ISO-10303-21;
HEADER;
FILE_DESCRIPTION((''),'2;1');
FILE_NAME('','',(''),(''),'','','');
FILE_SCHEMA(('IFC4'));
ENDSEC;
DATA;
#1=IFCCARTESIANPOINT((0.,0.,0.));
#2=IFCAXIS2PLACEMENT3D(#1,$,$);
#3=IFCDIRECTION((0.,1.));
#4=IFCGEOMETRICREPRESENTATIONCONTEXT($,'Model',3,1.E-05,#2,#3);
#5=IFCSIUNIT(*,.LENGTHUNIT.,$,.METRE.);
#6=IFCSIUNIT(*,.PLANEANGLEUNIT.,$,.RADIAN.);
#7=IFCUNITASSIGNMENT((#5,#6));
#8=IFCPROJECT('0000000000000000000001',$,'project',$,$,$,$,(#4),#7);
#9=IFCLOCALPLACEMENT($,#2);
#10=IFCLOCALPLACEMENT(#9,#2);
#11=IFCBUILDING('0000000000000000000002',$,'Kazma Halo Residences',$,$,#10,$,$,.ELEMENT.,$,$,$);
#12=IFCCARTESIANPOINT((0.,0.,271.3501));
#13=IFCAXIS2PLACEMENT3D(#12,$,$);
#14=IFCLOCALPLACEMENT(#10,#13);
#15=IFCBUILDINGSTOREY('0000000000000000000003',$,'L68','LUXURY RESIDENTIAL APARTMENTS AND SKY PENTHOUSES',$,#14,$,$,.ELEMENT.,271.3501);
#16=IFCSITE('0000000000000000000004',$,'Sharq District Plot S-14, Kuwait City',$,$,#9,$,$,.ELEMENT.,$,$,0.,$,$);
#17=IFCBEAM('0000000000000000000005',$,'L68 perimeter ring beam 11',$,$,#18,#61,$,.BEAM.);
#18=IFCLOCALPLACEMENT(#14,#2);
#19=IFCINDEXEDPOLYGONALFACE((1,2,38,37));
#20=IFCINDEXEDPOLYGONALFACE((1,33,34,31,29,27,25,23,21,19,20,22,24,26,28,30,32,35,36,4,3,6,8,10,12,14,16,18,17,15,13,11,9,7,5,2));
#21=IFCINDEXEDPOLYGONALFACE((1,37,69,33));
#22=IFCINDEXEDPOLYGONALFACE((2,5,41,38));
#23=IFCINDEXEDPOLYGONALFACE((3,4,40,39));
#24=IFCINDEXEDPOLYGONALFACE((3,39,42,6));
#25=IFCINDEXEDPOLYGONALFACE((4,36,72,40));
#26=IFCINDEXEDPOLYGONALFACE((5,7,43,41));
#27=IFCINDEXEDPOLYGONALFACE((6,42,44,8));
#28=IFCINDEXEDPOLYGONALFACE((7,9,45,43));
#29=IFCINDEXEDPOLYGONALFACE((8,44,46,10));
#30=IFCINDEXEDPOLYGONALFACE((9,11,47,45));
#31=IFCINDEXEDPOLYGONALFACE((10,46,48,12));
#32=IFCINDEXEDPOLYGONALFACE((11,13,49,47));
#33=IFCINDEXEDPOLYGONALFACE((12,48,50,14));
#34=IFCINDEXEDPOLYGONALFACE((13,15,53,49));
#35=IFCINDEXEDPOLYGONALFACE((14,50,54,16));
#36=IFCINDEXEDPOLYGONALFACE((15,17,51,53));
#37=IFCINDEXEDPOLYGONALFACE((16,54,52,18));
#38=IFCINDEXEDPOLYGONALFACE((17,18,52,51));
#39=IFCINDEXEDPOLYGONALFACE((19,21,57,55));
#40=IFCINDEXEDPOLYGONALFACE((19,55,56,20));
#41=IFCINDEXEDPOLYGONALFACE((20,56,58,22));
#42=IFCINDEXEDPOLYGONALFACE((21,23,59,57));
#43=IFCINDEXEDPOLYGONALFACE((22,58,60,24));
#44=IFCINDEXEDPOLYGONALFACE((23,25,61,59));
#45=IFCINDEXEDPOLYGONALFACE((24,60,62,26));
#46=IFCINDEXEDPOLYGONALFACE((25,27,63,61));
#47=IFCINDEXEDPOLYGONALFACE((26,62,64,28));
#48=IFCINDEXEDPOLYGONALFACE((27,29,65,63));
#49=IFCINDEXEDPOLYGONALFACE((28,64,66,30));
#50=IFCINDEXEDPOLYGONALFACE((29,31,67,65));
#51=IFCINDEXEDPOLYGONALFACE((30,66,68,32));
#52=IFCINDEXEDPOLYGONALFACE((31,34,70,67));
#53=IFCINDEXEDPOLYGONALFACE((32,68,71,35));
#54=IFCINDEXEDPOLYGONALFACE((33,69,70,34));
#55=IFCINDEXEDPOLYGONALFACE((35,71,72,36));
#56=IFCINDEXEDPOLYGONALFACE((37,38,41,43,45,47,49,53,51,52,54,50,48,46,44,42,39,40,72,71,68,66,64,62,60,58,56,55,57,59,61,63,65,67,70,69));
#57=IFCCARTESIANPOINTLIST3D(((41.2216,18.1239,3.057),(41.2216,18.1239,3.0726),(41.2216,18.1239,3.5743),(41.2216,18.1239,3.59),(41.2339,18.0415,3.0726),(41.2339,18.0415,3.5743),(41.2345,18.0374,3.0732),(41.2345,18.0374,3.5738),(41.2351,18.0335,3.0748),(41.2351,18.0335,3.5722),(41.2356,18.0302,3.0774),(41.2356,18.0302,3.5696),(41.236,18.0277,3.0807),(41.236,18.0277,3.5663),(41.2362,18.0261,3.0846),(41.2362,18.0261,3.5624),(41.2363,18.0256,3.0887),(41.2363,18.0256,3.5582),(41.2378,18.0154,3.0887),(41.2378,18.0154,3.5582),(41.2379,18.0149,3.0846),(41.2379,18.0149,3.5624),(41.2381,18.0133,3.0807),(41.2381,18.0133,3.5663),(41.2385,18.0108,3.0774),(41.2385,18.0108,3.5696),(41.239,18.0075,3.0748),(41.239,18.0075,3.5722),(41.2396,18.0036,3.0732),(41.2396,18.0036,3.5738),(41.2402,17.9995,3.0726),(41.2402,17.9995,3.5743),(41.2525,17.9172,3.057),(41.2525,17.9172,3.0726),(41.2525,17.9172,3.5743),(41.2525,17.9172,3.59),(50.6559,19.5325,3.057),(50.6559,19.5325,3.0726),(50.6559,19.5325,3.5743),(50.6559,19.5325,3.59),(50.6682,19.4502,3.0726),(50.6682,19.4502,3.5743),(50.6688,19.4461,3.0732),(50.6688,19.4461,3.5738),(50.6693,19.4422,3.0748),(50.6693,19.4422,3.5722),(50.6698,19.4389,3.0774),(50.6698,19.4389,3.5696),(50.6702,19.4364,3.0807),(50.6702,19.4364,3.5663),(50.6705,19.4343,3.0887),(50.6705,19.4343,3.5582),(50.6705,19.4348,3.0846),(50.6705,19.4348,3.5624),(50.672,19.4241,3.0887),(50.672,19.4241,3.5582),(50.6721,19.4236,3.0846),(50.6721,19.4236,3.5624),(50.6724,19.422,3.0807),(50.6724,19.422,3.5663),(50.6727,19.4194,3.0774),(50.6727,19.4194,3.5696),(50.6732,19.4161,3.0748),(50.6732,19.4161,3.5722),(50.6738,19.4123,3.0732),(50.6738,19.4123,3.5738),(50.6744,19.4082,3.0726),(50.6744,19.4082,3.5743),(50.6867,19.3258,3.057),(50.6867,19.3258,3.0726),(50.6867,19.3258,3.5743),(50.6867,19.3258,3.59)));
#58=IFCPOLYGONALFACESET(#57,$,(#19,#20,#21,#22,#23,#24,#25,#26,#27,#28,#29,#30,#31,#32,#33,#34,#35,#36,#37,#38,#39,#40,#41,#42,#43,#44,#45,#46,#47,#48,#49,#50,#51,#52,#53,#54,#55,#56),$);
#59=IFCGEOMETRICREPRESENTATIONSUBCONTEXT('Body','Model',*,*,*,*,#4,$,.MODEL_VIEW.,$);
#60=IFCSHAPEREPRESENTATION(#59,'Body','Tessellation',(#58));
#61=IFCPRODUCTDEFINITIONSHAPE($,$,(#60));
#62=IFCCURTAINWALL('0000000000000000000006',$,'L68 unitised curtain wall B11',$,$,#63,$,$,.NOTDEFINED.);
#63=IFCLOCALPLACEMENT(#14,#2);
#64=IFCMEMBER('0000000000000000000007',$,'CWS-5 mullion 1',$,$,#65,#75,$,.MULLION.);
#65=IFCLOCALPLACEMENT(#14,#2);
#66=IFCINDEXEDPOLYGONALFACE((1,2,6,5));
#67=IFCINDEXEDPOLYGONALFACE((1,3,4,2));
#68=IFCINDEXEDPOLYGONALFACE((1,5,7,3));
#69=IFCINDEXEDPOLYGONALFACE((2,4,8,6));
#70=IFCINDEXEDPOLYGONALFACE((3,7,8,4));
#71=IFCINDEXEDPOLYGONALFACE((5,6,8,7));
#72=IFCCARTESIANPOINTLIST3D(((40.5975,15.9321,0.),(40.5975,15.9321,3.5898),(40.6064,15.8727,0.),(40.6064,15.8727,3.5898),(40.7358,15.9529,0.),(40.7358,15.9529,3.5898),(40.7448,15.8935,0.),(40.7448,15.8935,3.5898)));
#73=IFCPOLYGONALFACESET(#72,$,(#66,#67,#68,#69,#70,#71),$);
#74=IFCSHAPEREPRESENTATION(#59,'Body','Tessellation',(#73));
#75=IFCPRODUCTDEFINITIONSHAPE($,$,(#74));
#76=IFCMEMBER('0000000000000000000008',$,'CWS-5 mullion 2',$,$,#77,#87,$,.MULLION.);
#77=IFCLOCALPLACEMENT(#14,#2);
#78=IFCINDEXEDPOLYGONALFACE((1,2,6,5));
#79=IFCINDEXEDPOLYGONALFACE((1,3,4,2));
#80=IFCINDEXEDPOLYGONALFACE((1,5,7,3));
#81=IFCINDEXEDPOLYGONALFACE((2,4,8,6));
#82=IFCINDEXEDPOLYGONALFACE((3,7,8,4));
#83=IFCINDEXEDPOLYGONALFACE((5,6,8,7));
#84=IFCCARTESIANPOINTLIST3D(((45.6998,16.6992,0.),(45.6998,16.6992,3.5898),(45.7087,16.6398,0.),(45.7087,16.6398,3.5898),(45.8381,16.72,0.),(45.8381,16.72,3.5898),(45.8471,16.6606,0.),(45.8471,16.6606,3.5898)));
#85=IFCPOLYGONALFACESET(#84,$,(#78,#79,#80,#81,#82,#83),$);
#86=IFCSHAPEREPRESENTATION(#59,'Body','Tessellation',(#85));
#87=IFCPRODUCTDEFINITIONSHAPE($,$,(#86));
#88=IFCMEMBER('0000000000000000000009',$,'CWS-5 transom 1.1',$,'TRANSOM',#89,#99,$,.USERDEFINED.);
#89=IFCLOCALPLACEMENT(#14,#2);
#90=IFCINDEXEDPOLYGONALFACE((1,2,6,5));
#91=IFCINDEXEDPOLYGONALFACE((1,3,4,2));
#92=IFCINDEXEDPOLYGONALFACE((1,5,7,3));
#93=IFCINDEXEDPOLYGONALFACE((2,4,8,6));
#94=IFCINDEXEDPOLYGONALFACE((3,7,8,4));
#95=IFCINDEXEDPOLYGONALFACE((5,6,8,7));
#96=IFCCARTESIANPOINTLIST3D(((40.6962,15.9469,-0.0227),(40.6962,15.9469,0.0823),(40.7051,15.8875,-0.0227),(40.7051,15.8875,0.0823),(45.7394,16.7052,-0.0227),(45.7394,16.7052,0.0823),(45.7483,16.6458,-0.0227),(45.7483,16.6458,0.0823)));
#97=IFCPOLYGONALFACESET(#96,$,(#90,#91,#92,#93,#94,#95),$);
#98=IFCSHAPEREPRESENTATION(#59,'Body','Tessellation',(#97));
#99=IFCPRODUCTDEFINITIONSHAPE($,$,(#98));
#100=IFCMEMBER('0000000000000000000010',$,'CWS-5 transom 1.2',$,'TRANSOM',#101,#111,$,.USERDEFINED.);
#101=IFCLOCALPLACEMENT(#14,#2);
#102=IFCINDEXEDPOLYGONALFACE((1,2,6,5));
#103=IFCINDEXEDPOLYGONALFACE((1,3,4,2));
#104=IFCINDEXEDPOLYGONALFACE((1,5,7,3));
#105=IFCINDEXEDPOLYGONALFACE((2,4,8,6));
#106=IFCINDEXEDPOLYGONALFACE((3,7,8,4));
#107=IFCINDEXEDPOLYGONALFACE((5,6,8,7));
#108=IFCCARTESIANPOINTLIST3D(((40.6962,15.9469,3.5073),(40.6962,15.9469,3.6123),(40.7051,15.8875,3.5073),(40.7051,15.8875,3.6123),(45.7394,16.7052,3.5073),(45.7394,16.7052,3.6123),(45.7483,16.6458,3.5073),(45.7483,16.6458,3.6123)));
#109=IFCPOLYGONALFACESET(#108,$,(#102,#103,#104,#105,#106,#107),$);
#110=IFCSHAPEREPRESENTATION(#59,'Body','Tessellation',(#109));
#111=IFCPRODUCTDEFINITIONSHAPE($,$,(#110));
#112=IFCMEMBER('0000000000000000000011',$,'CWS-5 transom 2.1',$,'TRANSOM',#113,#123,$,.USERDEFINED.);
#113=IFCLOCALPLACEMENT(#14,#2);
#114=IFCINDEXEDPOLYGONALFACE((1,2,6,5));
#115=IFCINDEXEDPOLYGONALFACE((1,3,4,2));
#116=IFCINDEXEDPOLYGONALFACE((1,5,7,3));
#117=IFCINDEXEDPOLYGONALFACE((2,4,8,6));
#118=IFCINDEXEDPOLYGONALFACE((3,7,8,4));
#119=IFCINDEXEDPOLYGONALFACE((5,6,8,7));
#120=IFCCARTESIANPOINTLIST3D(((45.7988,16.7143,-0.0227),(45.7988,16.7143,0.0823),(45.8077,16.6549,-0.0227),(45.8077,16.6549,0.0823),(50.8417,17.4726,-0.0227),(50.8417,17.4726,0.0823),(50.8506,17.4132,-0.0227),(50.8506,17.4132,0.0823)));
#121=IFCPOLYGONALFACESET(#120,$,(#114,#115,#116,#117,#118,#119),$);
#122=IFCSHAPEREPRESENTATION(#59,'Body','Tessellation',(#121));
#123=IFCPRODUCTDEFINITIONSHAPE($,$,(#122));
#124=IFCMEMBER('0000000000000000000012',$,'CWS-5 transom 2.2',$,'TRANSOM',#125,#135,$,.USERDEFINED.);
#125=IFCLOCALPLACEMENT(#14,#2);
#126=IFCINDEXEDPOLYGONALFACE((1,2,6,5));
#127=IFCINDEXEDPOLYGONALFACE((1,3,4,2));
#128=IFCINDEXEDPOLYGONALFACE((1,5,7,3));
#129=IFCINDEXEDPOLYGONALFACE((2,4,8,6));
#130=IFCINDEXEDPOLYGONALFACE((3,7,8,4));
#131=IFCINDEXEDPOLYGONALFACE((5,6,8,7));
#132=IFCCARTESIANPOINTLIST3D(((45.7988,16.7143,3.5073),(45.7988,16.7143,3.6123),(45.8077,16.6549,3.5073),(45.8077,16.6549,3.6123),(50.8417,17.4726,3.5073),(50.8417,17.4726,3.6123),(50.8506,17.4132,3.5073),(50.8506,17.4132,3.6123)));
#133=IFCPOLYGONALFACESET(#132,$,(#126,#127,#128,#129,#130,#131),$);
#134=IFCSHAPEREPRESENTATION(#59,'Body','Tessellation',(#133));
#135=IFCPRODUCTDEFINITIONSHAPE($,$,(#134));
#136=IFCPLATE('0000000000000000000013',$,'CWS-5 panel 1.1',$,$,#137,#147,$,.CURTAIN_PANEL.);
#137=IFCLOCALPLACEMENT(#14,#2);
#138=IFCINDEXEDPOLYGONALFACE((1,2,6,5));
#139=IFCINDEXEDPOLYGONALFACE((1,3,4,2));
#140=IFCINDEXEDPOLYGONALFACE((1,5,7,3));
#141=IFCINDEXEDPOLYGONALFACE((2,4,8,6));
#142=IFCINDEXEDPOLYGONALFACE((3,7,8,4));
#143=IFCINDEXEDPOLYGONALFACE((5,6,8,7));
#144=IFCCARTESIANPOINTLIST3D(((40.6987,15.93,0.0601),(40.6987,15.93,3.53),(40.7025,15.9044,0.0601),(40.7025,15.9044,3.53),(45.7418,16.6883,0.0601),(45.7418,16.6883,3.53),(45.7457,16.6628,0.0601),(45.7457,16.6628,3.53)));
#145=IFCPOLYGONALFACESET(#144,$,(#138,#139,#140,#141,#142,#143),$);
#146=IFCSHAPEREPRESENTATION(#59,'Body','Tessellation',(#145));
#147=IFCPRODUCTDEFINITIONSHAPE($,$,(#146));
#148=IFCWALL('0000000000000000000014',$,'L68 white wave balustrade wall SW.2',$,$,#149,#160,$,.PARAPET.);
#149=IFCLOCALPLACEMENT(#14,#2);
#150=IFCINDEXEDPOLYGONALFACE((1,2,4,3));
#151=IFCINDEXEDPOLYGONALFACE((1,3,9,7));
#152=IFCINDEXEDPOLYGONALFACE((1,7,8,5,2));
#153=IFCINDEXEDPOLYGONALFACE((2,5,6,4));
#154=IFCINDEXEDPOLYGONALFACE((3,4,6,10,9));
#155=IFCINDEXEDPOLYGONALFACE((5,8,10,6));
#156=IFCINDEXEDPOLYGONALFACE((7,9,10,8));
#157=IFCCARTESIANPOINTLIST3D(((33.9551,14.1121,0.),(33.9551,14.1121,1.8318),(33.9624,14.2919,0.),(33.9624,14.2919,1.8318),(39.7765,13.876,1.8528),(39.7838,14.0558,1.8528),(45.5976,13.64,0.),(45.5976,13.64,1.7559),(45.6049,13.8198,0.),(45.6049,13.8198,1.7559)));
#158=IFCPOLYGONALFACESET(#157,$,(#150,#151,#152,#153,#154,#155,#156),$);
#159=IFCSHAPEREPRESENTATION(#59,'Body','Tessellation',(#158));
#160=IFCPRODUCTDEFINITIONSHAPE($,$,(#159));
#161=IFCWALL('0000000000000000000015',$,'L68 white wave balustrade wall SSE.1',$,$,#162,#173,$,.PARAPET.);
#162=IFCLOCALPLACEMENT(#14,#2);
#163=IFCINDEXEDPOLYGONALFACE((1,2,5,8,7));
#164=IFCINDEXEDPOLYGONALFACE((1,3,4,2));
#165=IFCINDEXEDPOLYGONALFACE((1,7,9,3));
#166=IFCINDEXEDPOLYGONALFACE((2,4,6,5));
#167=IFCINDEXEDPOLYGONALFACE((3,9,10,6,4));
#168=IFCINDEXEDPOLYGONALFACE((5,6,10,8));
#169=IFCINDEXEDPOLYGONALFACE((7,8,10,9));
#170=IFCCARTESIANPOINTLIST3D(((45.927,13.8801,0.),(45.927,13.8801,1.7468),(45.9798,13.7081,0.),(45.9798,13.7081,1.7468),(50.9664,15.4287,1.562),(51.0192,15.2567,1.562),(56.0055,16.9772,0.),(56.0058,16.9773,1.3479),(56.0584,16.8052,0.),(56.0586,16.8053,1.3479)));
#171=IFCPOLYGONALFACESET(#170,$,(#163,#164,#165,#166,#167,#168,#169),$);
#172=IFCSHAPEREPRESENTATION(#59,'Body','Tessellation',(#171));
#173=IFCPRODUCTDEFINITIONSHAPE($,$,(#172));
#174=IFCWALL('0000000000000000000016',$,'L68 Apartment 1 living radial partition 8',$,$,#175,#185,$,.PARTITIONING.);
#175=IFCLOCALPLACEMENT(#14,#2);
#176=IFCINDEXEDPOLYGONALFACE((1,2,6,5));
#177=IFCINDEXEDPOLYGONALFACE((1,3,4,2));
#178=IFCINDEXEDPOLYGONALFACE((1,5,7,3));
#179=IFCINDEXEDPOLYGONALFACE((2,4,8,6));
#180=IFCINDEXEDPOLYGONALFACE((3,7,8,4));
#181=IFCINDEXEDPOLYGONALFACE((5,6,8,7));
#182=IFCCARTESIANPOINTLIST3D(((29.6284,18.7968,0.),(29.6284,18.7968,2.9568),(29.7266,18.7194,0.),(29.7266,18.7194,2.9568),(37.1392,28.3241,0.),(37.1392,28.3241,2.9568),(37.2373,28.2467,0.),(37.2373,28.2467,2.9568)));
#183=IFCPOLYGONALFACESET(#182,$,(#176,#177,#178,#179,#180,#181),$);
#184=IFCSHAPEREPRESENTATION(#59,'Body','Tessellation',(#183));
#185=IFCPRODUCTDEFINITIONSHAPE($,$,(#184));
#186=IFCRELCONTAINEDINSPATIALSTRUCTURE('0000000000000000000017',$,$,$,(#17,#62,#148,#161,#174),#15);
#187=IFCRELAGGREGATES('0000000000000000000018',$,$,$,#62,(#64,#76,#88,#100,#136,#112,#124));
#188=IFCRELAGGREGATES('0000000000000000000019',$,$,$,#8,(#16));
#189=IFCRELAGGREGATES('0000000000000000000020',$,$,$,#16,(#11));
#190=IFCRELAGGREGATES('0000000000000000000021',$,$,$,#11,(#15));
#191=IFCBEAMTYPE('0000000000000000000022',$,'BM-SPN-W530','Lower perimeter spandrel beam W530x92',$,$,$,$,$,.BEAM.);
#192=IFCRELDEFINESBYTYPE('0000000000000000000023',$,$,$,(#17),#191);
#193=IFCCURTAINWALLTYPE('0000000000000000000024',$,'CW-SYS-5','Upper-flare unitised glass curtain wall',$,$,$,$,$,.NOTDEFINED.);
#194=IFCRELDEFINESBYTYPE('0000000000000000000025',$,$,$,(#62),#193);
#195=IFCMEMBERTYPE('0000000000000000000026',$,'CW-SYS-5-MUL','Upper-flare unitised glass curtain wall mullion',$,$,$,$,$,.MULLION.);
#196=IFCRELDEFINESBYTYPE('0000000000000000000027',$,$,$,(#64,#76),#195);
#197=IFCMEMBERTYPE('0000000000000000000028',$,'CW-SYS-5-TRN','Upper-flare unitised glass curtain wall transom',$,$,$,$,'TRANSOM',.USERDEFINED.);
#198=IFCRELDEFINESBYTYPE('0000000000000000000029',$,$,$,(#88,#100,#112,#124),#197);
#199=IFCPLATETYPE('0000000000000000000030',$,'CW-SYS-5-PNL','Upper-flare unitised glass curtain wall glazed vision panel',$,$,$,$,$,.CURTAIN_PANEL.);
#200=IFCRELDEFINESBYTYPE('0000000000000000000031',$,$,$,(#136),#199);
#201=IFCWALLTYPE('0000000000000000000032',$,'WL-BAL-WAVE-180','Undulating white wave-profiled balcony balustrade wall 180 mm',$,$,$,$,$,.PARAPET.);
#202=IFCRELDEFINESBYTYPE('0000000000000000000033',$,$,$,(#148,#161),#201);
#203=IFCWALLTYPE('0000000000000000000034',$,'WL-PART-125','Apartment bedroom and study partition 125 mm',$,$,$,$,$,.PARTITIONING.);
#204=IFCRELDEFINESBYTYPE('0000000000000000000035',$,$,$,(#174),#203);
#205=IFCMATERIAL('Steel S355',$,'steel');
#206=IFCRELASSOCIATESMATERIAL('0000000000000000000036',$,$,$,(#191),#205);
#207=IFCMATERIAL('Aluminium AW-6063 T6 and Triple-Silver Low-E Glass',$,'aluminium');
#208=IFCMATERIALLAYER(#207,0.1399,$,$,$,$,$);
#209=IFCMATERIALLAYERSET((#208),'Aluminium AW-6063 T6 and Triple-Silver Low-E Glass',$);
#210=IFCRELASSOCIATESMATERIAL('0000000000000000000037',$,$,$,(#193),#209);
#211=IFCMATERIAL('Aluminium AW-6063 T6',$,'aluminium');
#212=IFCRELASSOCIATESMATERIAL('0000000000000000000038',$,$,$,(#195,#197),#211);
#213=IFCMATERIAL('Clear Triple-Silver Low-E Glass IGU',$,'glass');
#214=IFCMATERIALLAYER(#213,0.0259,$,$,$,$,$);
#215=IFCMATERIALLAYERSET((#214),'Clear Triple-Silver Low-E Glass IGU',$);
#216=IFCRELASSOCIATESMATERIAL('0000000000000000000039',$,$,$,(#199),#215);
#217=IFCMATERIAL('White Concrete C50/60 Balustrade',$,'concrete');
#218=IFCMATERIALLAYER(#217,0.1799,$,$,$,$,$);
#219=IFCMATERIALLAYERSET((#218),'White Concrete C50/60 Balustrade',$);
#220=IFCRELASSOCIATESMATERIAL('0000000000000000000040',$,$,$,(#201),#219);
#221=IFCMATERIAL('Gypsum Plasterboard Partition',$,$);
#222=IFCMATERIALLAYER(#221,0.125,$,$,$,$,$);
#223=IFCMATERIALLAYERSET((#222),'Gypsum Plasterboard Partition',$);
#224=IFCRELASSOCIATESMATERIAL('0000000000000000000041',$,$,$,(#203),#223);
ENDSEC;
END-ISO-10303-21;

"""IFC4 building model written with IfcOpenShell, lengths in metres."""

from ifc_helpers import new_model, si_unit, direction, frame, frame_2d, origin, origin_2d, place, context, subcontext, project, spatial, polyline, rectangle, i_section, outline, extrude, material, layer, layer_set, material_profile, profile_set, type_object, element, aggregate, save


model = new_model("IFC4")

# Units and contexts
model_context = context("Model", 3, precision=1e-05, world=origin(), true_north=direction((0.0, 1.0)))
body_context = subcontext(model_context, "Body", "Model", "MODEL_VIEW")
ifc_project = project(units=[si_unit("LENGTHUNIT", "METRE"), si_unit("PLANEANGLEUNIT", "RADIAN")], contexts=[model_context])

# Site, building, storey
site_placement = place(None, origin())
site = spatial("IfcSite", under=ifc_project, at=site_placement, Name="Sharq District Plot S-14, Kuwait City", CompositionType="ELEMENT", RefElevation=0.0)
building_placement = place(site_placement, origin())
building = spatial("IfcBuilding", under=site, at=building_placement, Name="Kazma Halo Residences", CompositionType="ELEMENT")
storey_placement = place(building_placement, frame((0.0, 0.0, 271.3501)))
storey = spatial("IfcBuildingStorey", under=building, at=storey_placement, Name="L68", Description="LUXURY RESIDENTIAL APARTMENTS AND SKY PENTHOUSES", CompositionType="ELEMENT", Elevation=271.3501)

# Beam
ifc_material_1 = material(Name="Steel S355", Category="steel")
ifc_material_profile_1 = material_profile(ifc_material_1, i_section(OverallWidth=0.209, OverallDepth=0.533, WebThickness=0.0103, FlangeThickness=0.0156, FilletRadius=0.0161, at=origin_2d()), Name="W530x92")
ifc_profile_set_1 = profile_set([ifc_material_profile_1], Name="Steel S355")
beam_type_1 = type_object("IfcBeamType", Name="BM-SPN-W530", Description="Lower perimeter spandrel beam W530x92", PredefinedType="BEAM", material=ifc_profile_set_1)
beam_1_placement = place(storey_placement, frame((41.2371, 18.0205, 3.3235), z_axis=(0.989035, 0.147678, 0.0), x_axis=(-0.147678, 0.989035, 0.0)))
element("IfcBeam", 1, at=beam_1_placement, inside=storey, type_object=beam_type_1, Name="L68 perimeter ring beam 11", PredefinedType="BEAM", context=body_context, shape_type="SweptSolid", body=[
    extrude(i_section(OverallWidth=0.209, OverallDepth=0.533, WebThickness=0.0103, FlangeThickness=0.0156, FilletRadius=0.0161, at=origin_2d()), origin(), (0.0, 0.0, 1.0), 9.5388),
])

# Curtain wall, members, plate
ifc_material_2 = material(Name="Aluminium AW-6063 T6 and Triple-Silver Low-E Glass", Category="aluminium")
ifc_layer_1 = layer(ifc_material_2, 0.1399)
ifc_layer_set_1 = layer_set([ifc_layer_1], Name="Aluminium AW-6063 T6 and Triple-Silver Low-E Glass")
curtain_wall_type = type_object("IfcCurtainWallType", Name="CW-SYS-5", Description="Upper-flare unitised glass curtain wall", PredefinedType="NOTDEFINED", material=ifc_layer_set_1)
curtain_wall_placement = place(storey_placement, origin())
curtain_wall = element("IfcCurtainWall", 2, at=curtain_wall_placement, inside=storey, type_object=curtain_wall_type, Name="L68 unitised curtain wall B11", PredefinedType="NOTDEFINED")
ifc_material_3 = material(Name="Aluminium AW-6063 T6", Category="aluminium")
ifc_material_profile_2 = material_profile(ifc_material_3, rectangle(XDim=0.0601, YDim=0.1399, at=origin_2d()), Name="CWM-60x140")
ifc_profile_set_2 = profile_set([ifc_material_profile_2], Name="Aluminium AW-6063 T6")
member_type_1 = type_object("IfcMemberType", Name="CW-SYS-5-MUL", Description="Upper-flare unitised glass curtain wall mullion", PredefinedType="MULLION", material=ifc_profile_set_2)
member_1_placement = place(storey_placement, frame((40.6711, 15.9128, 0.0), z_axis=(0.0, 0.0, 1.0), x_axis=(-0.148697, 0.988883, 0.0)))
member_1 = element("IfcMember", 3, at=member_1_placement, type_object=member_type_1, Name="CWS-5 mullion 1", PredefinedType="MULLION", context=body_context, shape_type="SweptSolid", body=[
    extrude(rectangle(XDim=0.0601, YDim=0.1399, at=origin_2d()), origin(), (0.0, 0.0, 1.0), 3.5898),
])
member_2_placement = place(storey_placement, frame((45.7734, 16.6799, 0.0), z_axis=(0.0, 0.0, 1.0), x_axis=(-0.148697, 0.988883, 0.0)))
member_2 = element("IfcMember", 4, at=member_2_placement, type_object=member_type_1, Name="CWS-5 mullion 2", PredefinedType="MULLION", context=body_context, shape_type="SweptSolid", body=[
    extrude(rectangle(XDim=0.0601, YDim=0.1399, at=origin_2d()), origin(), (0.0, 0.0, 1.0), 3.5898),
])
ifc_material_profile_3 = material_profile(ifc_material_3, rectangle(XDim=0.0601, YDim=0.105, at=origin_2d()), Name="CWT-60x105")
ifc_profile_set_3 = profile_set([ifc_material_profile_3], Name="Aluminium AW-6063 T6")
member_type_2 = type_object("IfcMemberType", Name="CW-SYS-5-TRN", Description="Upper-flare unitised glass curtain wall transom", ElementType="TRANSOM", PredefinedType="USERDEFINED", material=ifc_profile_set_3)
member_3_placement = place(storey_placement, frame((40.7007, 15.9172, 0.0298), z_axis=(0.988884, 0.148689, 0.0), x_axis=(-0.148689, 0.988884, 0.0)))
member_3 = element("IfcMember", 5, at=member_3_placement, type_object=member_type_2, Name="CWS-5 transom 1.1", ObjectType="TRANSOM", PredefinedType="USERDEFINED", context=body_context, shape_type="SweptSolid", body=[
    extrude(rectangle(XDim=0.0601, YDim=0.105, at=origin_2d()), origin(), (0.0, 0.0, 1.0), 5.0999),
])
member_4_placement = place(storey_placement, frame((40.7007, 15.9172, 3.5598), z_axis=(0.988884, 0.148689, 0.0), x_axis=(-0.148689, 0.988884, 0.0)))
member_4 = element("IfcMember", 6, at=member_4_placement, type_object=member_type_2, Name="CWS-5 transom 1.2", ObjectType="TRANSOM", PredefinedType="USERDEFINED", context=body_context, shape_type="SweptSolid", body=[
    extrude(rectangle(XDim=0.0601, YDim=0.105, at=origin_2d()), origin(), (0.0, 0.0, 1.0), 5.0999),
])
member_5_placement = place(storey_placement, frame((45.8032, 16.6846, 0.0298), z_axis=(0.988883, 0.148696, 0.0), x_axis=(-0.148696, 0.988883, 0.0)))
member_5 = element("IfcMember", 7, at=member_5_placement, type_object=member_type_2, Name="CWS-5 transom 2.1", ObjectType="TRANSOM", PredefinedType="USERDEFINED", context=body_context, shape_type="SweptSolid", body=[
    extrude(rectangle(XDim=0.0601, YDim=0.105, at=origin_2d()), origin(), (0.0, 0.0, 1.0), 5.0996),
])
member_6_placement = place(storey_placement, frame((45.8032, 16.6846, 3.5598), z_axis=(0.988883, 0.148696, 0.0), x_axis=(-0.148696, 0.988883, 0.0)))
member_6 = element("IfcMember", 8, at=member_6_placement, type_object=member_type_2, Name="CWS-5 transom 2.2", ObjectType="TRANSOM", PredefinedType="USERDEFINED", context=body_context, shape_type="SweptSolid", body=[
    extrude(rectangle(XDim=0.0601, YDim=0.105, at=origin_2d()), origin(), (0.0, 0.0, 1.0), 5.0996),
])
ifc_material_4 = material(Name="Clear Triple-Silver Low-E Glass IGU", Category="glass")
ifc_layer_2 = layer(ifc_material_4, 0.0259)
ifc_layer_set_2 = layer_set([ifc_layer_2], Name="Clear Triple-Silver Low-E Glass IGU")
plate_type = type_object("IfcPlateType", Name="CW-SYS-5-PNL", Description="Upper-flare unitised glass curtain wall glazed vision panel", PredefinedType="CURTAIN_PANEL", material=ifc_layer_set_2)
plate_placement = place(storey_placement, frame((43.2222, 16.2964, 0.0601), z_axis=(0.0, 0.0, 1.0), x_axis=(0.988883, 0.148697, 0.0)))
plate = element("IfcPlate", 9, at=plate_placement, type_object=plate_type, Name="CWS-5 panel 1.1", PredefinedType="CURTAIN_PANEL", context=body_context, shape_type="SweptSolid", body=[
    extrude(rectangle(XDim=5.0999, YDim=0.0259, at=origin_2d()), origin(), (0.0, 0.0, 1.0), 3.47),
])
aggregate(curtain_wall, [member_1, member_2, member_3, member_4, plate, member_5, member_6])

# Walls
ifc_material_5 = material(Name="White Concrete C50/60 Balustrade", Category="concrete")
ifc_layer_3 = layer(ifc_material_5, 0.1799)
ifc_layer_set_3 = layer_set([ifc_layer_3], Name="White Concrete C50/60 Balustrade")
wall_type_1 = type_object("IfcWallType", Name="WL-BAL-WAVE-180", Description="Undulating white wave-profiled balcony balustrade wall 180 mm", PredefinedType="PARAPET", material=ifc_layer_set_3)
wall_1_placement = place(storey_placement, frame((33.9587, 14.2021, 0.0), z_axis=(0.0, 0.0, 1.0), x_axis=(0.999179, -0.040522, 0.0)))
element("IfcWall", 10, at=wall_1_placement, inside=storey, type_object=wall_type_1, Name="L68 white wave balustrade wall SW.2", PredefinedType="PARAPET", context=body_context, shape_type="SweptSolid", body=[
    extrude(outline(polyline([(0.0, 0.0), (11.6521, 0.0), (11.6521, 1.7559), (5.8262, 1.8528), (0.0, 1.8318), (0.0, 0.0)])), frame((0.0, 0.0898, 0.0), z_axis=(0.0, -1.0, 0.0), x_axis=(1.0, 0.0, 0.0)), (0.0, 0.0, 1.0), 0.1799),
])
wall_2_placement = place(storey_placement, frame((45.9534, 13.7942, 0.0), z_axis=(0.0, 0.0, 1.0), x_axis=(0.955884, 0.293744, 0.0)))
element("IfcWall", 11, at=wall_2_placement, inside=storey, type_object=wall_type_1, Name="L68 white wave balustrade wall SSE.1", PredefinedType="PARAPET", context=body_context, shape_type="SweptSolid", body=[
    extrude(outline(polyline([(0.0, 0.0), (10.5437, 0.0), (10.5439, 1.3479), (5.272, 1.562), (0.0, 1.7468), (0.0, 0.0)])), frame((0.0, 0.0898, 0.0), z_axis=(0.0, -1.0, 0.0), x_axis=(1.0, 0.0, 0.0)), (0.0, 0.0, 1.0), 0.1799),
])
ifc_material_6 = material(Name="Gypsum Plasterboard Partition")
ifc_layer_4 = layer(ifc_material_6, 0.125)
ifc_layer_set_4 = layer_set([ifc_layer_4], Name="Gypsum Plasterboard Partition")
wall_type_2 = type_object("IfcWallType", Name="WL-PART-125", Description="Apartment bedroom and study partition 125 mm", PredefinedType="PARTITIONING", material=ifc_layer_set_4)
wall_3_placement = place(storey_placement, frame((37.1882, 28.2854, 0.0), z_axis=(0.0, 0.0, 1.0), x_axis=(-0.619093, -0.785317, 0.0)))
element("IfcWall", 12, at=wall_3_placement, inside=storey, type_object=wall_type_2, Name="L68 Apartment 1 living radial partition 8", PredefinedType="PARTITIONING", context=body_context, shape_type="SweptSolid", body=[
    extrude(rectangle(XDim=12.1318, YDim=0.125, at=frame_2d((6.0659, 0.0))), origin(), (0.0, 0.0, 1.0), 2.9568),
])

save(model, "model.ifc")
